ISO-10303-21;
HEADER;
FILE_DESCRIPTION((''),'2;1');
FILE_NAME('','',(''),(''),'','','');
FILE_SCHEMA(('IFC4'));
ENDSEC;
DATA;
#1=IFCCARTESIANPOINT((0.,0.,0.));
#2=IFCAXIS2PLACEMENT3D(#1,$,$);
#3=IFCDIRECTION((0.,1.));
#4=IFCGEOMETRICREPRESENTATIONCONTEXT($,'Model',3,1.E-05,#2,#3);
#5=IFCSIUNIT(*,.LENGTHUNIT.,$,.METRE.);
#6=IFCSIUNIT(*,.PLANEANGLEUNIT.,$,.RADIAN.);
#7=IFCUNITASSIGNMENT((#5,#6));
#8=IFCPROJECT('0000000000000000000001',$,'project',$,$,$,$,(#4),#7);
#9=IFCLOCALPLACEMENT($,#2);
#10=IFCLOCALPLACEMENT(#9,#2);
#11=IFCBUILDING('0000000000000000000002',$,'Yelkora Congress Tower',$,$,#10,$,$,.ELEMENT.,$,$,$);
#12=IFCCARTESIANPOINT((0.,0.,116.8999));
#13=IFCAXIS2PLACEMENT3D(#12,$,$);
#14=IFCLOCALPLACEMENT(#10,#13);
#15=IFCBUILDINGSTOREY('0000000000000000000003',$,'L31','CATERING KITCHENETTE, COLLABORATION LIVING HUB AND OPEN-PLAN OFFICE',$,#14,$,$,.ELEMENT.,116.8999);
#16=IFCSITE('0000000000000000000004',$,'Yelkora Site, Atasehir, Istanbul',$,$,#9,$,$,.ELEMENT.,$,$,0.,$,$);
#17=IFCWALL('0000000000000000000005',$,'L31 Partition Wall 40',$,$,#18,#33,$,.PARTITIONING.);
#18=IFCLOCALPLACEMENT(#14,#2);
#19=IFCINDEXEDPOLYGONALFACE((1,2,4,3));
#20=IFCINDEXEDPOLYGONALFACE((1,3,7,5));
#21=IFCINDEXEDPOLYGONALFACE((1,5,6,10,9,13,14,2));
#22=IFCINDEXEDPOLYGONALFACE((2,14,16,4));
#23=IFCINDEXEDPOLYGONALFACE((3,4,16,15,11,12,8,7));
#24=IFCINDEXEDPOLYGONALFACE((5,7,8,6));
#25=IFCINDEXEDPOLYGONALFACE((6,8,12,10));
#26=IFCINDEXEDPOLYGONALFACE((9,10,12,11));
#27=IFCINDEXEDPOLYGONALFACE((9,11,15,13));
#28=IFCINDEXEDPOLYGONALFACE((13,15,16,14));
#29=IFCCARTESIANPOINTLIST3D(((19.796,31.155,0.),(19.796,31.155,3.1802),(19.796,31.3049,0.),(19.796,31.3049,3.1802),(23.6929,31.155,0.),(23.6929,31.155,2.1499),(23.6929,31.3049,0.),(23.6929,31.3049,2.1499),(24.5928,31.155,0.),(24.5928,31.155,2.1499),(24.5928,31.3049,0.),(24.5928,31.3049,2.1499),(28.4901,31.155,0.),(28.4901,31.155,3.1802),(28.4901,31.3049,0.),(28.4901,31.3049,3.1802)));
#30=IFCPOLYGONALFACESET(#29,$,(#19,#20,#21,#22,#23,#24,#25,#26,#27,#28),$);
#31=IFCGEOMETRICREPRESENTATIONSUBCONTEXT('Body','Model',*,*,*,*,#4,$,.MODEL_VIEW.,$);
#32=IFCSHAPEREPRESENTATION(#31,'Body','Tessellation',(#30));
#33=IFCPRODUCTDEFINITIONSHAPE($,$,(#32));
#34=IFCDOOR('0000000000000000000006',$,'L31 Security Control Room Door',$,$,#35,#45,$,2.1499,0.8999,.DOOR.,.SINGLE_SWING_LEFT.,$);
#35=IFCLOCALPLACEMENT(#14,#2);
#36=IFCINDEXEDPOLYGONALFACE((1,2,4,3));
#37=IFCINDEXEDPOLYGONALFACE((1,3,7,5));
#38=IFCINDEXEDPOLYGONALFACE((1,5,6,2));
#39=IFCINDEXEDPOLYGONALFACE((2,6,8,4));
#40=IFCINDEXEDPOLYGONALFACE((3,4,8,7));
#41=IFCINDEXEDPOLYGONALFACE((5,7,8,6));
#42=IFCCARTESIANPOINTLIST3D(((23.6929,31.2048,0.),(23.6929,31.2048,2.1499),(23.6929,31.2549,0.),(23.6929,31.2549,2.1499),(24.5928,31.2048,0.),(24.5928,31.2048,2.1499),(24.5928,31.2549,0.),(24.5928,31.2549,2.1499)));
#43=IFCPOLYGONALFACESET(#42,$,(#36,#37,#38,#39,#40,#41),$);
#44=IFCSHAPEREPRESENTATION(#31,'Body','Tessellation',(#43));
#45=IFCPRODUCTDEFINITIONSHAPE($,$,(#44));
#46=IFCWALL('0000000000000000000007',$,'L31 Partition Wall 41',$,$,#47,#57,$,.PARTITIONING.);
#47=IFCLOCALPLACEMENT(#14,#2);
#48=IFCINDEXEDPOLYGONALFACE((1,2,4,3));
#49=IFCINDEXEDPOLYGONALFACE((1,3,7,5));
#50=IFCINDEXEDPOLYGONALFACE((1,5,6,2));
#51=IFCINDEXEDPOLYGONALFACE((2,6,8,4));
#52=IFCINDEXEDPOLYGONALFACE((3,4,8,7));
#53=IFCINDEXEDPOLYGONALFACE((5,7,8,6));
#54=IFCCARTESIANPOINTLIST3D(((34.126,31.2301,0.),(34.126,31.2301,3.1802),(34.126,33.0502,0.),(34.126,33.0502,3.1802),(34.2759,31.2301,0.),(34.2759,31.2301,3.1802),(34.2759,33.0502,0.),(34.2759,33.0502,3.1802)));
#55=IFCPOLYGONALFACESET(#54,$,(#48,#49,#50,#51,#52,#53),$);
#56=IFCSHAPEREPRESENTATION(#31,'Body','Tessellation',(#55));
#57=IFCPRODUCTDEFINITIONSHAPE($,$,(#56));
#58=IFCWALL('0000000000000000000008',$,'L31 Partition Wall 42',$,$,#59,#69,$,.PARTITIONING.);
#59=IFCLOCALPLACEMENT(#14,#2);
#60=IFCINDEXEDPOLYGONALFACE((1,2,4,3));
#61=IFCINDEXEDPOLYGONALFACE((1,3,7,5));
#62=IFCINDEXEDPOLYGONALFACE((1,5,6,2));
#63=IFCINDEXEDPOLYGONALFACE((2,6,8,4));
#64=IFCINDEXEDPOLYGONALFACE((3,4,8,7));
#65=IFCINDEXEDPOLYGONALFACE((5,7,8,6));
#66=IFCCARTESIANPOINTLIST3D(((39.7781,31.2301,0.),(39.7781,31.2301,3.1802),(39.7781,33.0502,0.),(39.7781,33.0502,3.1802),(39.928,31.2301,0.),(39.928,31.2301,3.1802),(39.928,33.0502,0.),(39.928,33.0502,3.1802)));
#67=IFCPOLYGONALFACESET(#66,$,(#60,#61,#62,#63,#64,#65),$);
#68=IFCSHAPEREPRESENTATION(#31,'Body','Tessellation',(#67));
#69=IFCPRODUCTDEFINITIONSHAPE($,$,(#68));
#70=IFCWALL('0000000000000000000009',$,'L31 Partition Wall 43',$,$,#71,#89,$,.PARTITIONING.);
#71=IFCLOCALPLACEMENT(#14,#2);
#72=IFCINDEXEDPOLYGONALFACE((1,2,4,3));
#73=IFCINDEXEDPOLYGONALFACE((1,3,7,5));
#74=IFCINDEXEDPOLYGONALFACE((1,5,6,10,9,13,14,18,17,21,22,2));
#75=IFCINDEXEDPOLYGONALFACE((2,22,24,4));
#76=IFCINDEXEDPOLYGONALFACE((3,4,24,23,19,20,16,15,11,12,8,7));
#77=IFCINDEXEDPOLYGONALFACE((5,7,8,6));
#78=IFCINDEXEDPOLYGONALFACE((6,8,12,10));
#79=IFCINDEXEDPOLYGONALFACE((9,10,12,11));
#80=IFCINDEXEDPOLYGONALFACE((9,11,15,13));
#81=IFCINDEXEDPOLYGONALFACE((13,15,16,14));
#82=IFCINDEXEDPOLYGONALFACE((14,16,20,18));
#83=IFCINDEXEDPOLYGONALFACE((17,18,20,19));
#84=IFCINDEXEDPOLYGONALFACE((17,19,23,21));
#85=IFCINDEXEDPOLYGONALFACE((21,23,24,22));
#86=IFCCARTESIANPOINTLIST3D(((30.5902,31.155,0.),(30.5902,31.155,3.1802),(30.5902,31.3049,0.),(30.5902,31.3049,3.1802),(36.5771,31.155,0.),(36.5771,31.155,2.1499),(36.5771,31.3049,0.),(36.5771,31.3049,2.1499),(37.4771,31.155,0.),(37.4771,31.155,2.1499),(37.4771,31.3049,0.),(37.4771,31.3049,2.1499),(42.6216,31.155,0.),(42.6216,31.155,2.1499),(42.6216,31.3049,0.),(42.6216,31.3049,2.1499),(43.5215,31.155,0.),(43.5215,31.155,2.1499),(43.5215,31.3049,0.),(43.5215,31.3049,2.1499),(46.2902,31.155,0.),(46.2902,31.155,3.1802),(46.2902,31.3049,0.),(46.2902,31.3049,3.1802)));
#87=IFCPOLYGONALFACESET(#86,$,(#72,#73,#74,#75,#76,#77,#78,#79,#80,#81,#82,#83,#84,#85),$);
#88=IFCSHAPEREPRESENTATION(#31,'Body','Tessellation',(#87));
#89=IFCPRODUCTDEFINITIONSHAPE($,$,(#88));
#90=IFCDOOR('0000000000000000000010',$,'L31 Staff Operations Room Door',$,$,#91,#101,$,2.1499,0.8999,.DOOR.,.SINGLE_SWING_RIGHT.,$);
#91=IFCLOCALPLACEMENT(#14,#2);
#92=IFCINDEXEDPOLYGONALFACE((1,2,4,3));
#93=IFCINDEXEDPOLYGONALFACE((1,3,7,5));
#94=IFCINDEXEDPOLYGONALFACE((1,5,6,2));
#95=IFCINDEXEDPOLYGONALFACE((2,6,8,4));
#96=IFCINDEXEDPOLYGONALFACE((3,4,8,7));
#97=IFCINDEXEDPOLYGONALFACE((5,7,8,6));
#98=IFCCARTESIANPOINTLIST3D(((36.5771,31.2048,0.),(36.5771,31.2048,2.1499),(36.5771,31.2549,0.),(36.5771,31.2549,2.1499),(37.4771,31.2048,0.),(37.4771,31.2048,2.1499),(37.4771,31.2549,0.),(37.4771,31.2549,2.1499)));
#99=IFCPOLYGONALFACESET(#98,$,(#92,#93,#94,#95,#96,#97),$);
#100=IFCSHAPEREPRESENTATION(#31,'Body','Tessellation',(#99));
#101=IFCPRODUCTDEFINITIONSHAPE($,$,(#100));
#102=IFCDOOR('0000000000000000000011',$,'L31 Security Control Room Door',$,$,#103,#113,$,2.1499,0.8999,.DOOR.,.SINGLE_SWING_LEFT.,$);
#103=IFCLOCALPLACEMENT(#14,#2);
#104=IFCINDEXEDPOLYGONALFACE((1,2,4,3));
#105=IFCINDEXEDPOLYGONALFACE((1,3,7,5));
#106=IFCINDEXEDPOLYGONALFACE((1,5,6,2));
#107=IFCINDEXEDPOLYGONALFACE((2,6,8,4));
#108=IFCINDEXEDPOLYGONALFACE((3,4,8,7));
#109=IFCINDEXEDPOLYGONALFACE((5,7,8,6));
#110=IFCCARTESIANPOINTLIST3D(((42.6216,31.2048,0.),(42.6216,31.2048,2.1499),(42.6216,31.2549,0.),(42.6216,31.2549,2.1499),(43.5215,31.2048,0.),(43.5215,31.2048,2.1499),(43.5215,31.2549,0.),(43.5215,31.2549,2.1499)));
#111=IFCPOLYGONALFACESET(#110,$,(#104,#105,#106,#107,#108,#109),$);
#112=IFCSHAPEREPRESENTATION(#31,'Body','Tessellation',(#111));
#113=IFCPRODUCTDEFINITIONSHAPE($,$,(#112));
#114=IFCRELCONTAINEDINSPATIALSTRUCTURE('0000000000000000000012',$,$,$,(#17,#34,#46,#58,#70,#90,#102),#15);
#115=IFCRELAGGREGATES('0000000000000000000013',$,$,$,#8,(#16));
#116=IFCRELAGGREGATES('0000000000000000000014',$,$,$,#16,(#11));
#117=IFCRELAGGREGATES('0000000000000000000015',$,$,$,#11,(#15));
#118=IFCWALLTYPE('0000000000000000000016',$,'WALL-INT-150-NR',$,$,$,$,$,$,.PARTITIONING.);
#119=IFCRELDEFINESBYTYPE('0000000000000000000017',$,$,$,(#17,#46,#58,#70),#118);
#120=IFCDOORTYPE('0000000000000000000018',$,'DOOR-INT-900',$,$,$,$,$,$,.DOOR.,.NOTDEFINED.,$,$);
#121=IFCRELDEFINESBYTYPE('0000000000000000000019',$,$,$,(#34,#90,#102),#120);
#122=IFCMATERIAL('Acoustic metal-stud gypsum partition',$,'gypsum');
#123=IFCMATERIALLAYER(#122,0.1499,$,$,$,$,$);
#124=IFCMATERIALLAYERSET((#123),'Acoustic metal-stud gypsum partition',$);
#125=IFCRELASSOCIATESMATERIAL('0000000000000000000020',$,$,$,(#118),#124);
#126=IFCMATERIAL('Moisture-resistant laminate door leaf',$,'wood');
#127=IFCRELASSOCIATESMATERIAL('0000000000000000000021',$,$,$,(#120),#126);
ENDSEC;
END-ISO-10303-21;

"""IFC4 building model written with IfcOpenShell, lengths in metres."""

from ifc_helpers import new_model, si_unit, direction, frame, frame_2d, origin, place, context, subcontext, project, spatial, rectangle, extrude, material, layer, layer_set, type_object, element, fill, save


model = new_model("IFC4")

# Units and contexts
model_context = context("Model", 3, precision=1e-05, world=origin(), true_north=direction((0.0, 1.0)))
body_context = subcontext(model_context, "Body", "Model", "MODEL_VIEW")
ifc_project = project(units=[si_unit("LENGTHUNIT", "METRE"), si_unit("PLANEANGLEUNIT", "RADIAN")], contexts=[model_context])

# Site, building, storey
site_placement = place(None, origin())
site = spatial("IfcSite", under=ifc_project, at=site_placement, Name="Yelkora Site, Atasehir, Istanbul", CompositionType="ELEMENT", RefElevation=0.0)
building_placement = place(site_placement, origin())
building = spatial("IfcBuilding", under=site, at=building_placement, Name="Yelkora Congress Tower", CompositionType="ELEMENT")
storey_placement = place(building_placement, frame((0.0, 0.0, 116.8999)))
storey = spatial("IfcBuildingStorey", under=building, at=storey_placement, Name="L31", Description="CATERING KITCHENETTE, COLLABORATION LIVING HUB AND OPEN-PLAN OFFICE", CompositionType="ELEMENT", Elevation=116.8999)

# Shared definitions
ifc_material_1 = material(Name="Acoustic metal-stud gypsum partition", Category="gypsum")
ifc_layer = layer(ifc_material_1, 0.1499)
ifc_layer_set = layer_set([ifc_layer], Name="Acoustic metal-stud gypsum partition")
wall_type = type_object("IfcWallType", Name="WALL-INT-150-NR", PredefinedType="PARTITIONING", material=ifc_layer_set)

# Wall, opening, door
wall_1_placement = place(storey_placement, frame((19.7959, 31.23, 0.0), z_axis=(0.0, 0.0, 1.0), x_axis=(1.0, 0.0, 0.0)))
wall_1 = element("IfcWall", 1, at=wall_1_placement, inside=storey, type_object=wall_type, Name="L31 Partition Wall 40", PredefinedType="PARTITIONING", context=body_context, shape_type="SweptSolid", body=[
    extrude(rectangle(XDim=8.6941, YDim=0.1499, at=frame_2d((4.3472, 0.0))), origin(), (0.0, 0.0, 1.0), 3.1802),
])
opening_1_placement = place(wall_1_placement, frame((3.897, 0.0, 0.0)))
opening_1 = element("IfcOpeningElement", 2, at=opening_1_placement, cuts=wall_1, PredefinedType="OPENING", context=body_context, shape_type="SweptSolid", body=[
    extrude(rectangle(XDim=0.8999, YDim=2.1499, at=frame_2d((0.45, 1.075))), frame((0.0, 0.085, 0.0), z_axis=(0.0, -1.0, 0.0), x_axis=(1.0, 0.0, 0.0)), (0.0, 0.0, 1.0), 0.1699),
])
ifc_material_2 = material(Name="Moisture-resistant laminate door leaf", Category="wood")
door_type = type_object("IfcDoorType", Name="DOOR-INT-900", OperationType="NOTDEFINED", PredefinedType="DOOR", material=ifc_material_2)
door_1_placement = place(opening_1_placement, origin())
door_1 = element("IfcDoor", 3, at=door_1_placement, inside=storey, type_object=door_type, Name="L31 Security Control Room Door", OperationType="SINGLE_SWING_LEFT", OverallHeight=2.1499, OverallWidth=0.8999, PredefinedType="DOOR", context=body_context, shape_type="SweptSolid", body=[
    extrude(rectangle(XDim=0.8999, YDim=2.1499, at=frame_2d((0.45, 1.075))), frame((0.0, 0.0249, 0.0), z_axis=(0.0, -1.0, 0.0), x_axis=(1.0, 0.0, 0.0)), (0.0, 0.0, 1.0), 0.05),
])
fill(opening_1, door_1)

# Walls
for number, where, z_axis, x_axis, name in (
    (4, (34.2009, 31.23, 0.0), (0.0, 0.0, 1.0), (0.0, 1.0, 0.0), "L31 Partition Wall 41"),
    (5, (39.853, 31.23, 0.0), (0.0, 0.0, 1.0), (0.0, 1.0, 0.0), "L31 Partition Wall 42"),
):
    element("IfcWall", number, at=place(storey_placement, frame(where, z_axis=z_axis, x_axis=x_axis)), inside=storey, type_object=wall_type, Name=name, PredefinedType="PARTITIONING", context=body_context, shape_type="SweptSolid", body=[
        extrude(rectangle(XDim=1.8201, YDim=0.1499, at=frame_2d((0.9102, 0.0))), origin(), (0.0, 0.0, 1.0), 3.1802),
    ])

# Wall, openings, doors
wall_2_placement = place(storey_placement, frame((30.5901, 31.23, 0.0), z_axis=(0.0, 0.0, 1.0), x_axis=(1.0, 0.0, 0.0)))
wall_2 = element("IfcWall", 6, at=wall_2_placement, inside=storey, type_object=wall_type, Name="L31 Partition Wall 43", PredefinedType="PARTITIONING", context=body_context, shape_type="SweptSolid", body=[
    extrude(rectangle(XDim=15.7, YDim=0.1499, at=frame_2d((7.8501, 0.0))), origin(), (0.0, 0.0, 1.0), 3.1802),
])
opening_2_placement = place(wall_2_placement, frame((5.9871, 0.0, 0.0)))
opening_2 = element("IfcOpeningElement", 7, at=opening_2_placement, cuts=wall_2, PredefinedType="OPENING", context=body_context, shape_type="SweptSolid", body=[
    extrude(rectangle(XDim=0.8999, YDim=2.1499, at=frame_2d((0.45, 1.075))), frame((0.0, 0.085, 0.0), z_axis=(0.0, -1.0, 0.0), x_axis=(1.0, 0.0, 0.0)), (0.0, 0.0, 1.0), 0.1699),
])
opening_3_placement = place(wall_2_placement, frame((12.0315, 0.0, 0.0)))
opening_3 = element("IfcOpeningElement", 8, at=opening_3_placement, cuts=wall_2, PredefinedType="OPENING", context=body_context, shape_type="SweptSolid", body=[
    extrude(rectangle(XDim=0.8999, YDim=2.1499, at=frame_2d((0.45, 1.075))), frame((0.0, 0.085, 0.0), z_axis=(0.0, -1.0, 0.0), x_axis=(1.0, 0.0, 0.0)), (0.0, 0.0, 1.0), 0.1699),
])
door_2_placement = place(opening_2_placement, origin())
door_2 = element("IfcDoor", 9, at=door_2_placement, inside=storey, type_object=door_type, Name="L31 Staff Operations Room Door", OperationType="SINGLE_SWING_RIGHT", OverallHeight=2.1499, OverallWidth=0.8999, PredefinedType="DOOR", context=body_context, shape_type="SweptSolid", body=[
    extrude(rectangle(XDim=0.8999, YDim=2.1499, at=frame_2d((0.45, 1.075))), frame((0.0, 0.0249, 0.0), z_axis=(0.0, -1.0, 0.0), x_axis=(1.0, 0.0, 0.0)), (0.0, 0.0, 1.0), 0.05),
])
fill(opening_2, door_2)
door_3_placement = place(opening_3_placement, origin())
door_3 = element("IfcDoor", 10, at=door_3_placement, inside=storey, type_object=door_type, Name="L31 Security Control Room Door", OperationType="SINGLE_SWING_LEFT", OverallHeight=2.1499, OverallWidth=0.8999, PredefinedType="DOOR", context=body_context, shape_type="SweptSolid", body=[
    extrude(rectangle(XDim=0.8999, YDim=2.1499, at=frame_2d((0.45, 1.075))), frame((0.0, 0.0249, 0.0), z_axis=(0.0, -1.0, 0.0), x_axis=(1.0, 0.0, 0.0)), (0.0, 0.0, 1.0), 0.05),
])
fill(opening_3, door_3)

save(model, "model.ifc")
